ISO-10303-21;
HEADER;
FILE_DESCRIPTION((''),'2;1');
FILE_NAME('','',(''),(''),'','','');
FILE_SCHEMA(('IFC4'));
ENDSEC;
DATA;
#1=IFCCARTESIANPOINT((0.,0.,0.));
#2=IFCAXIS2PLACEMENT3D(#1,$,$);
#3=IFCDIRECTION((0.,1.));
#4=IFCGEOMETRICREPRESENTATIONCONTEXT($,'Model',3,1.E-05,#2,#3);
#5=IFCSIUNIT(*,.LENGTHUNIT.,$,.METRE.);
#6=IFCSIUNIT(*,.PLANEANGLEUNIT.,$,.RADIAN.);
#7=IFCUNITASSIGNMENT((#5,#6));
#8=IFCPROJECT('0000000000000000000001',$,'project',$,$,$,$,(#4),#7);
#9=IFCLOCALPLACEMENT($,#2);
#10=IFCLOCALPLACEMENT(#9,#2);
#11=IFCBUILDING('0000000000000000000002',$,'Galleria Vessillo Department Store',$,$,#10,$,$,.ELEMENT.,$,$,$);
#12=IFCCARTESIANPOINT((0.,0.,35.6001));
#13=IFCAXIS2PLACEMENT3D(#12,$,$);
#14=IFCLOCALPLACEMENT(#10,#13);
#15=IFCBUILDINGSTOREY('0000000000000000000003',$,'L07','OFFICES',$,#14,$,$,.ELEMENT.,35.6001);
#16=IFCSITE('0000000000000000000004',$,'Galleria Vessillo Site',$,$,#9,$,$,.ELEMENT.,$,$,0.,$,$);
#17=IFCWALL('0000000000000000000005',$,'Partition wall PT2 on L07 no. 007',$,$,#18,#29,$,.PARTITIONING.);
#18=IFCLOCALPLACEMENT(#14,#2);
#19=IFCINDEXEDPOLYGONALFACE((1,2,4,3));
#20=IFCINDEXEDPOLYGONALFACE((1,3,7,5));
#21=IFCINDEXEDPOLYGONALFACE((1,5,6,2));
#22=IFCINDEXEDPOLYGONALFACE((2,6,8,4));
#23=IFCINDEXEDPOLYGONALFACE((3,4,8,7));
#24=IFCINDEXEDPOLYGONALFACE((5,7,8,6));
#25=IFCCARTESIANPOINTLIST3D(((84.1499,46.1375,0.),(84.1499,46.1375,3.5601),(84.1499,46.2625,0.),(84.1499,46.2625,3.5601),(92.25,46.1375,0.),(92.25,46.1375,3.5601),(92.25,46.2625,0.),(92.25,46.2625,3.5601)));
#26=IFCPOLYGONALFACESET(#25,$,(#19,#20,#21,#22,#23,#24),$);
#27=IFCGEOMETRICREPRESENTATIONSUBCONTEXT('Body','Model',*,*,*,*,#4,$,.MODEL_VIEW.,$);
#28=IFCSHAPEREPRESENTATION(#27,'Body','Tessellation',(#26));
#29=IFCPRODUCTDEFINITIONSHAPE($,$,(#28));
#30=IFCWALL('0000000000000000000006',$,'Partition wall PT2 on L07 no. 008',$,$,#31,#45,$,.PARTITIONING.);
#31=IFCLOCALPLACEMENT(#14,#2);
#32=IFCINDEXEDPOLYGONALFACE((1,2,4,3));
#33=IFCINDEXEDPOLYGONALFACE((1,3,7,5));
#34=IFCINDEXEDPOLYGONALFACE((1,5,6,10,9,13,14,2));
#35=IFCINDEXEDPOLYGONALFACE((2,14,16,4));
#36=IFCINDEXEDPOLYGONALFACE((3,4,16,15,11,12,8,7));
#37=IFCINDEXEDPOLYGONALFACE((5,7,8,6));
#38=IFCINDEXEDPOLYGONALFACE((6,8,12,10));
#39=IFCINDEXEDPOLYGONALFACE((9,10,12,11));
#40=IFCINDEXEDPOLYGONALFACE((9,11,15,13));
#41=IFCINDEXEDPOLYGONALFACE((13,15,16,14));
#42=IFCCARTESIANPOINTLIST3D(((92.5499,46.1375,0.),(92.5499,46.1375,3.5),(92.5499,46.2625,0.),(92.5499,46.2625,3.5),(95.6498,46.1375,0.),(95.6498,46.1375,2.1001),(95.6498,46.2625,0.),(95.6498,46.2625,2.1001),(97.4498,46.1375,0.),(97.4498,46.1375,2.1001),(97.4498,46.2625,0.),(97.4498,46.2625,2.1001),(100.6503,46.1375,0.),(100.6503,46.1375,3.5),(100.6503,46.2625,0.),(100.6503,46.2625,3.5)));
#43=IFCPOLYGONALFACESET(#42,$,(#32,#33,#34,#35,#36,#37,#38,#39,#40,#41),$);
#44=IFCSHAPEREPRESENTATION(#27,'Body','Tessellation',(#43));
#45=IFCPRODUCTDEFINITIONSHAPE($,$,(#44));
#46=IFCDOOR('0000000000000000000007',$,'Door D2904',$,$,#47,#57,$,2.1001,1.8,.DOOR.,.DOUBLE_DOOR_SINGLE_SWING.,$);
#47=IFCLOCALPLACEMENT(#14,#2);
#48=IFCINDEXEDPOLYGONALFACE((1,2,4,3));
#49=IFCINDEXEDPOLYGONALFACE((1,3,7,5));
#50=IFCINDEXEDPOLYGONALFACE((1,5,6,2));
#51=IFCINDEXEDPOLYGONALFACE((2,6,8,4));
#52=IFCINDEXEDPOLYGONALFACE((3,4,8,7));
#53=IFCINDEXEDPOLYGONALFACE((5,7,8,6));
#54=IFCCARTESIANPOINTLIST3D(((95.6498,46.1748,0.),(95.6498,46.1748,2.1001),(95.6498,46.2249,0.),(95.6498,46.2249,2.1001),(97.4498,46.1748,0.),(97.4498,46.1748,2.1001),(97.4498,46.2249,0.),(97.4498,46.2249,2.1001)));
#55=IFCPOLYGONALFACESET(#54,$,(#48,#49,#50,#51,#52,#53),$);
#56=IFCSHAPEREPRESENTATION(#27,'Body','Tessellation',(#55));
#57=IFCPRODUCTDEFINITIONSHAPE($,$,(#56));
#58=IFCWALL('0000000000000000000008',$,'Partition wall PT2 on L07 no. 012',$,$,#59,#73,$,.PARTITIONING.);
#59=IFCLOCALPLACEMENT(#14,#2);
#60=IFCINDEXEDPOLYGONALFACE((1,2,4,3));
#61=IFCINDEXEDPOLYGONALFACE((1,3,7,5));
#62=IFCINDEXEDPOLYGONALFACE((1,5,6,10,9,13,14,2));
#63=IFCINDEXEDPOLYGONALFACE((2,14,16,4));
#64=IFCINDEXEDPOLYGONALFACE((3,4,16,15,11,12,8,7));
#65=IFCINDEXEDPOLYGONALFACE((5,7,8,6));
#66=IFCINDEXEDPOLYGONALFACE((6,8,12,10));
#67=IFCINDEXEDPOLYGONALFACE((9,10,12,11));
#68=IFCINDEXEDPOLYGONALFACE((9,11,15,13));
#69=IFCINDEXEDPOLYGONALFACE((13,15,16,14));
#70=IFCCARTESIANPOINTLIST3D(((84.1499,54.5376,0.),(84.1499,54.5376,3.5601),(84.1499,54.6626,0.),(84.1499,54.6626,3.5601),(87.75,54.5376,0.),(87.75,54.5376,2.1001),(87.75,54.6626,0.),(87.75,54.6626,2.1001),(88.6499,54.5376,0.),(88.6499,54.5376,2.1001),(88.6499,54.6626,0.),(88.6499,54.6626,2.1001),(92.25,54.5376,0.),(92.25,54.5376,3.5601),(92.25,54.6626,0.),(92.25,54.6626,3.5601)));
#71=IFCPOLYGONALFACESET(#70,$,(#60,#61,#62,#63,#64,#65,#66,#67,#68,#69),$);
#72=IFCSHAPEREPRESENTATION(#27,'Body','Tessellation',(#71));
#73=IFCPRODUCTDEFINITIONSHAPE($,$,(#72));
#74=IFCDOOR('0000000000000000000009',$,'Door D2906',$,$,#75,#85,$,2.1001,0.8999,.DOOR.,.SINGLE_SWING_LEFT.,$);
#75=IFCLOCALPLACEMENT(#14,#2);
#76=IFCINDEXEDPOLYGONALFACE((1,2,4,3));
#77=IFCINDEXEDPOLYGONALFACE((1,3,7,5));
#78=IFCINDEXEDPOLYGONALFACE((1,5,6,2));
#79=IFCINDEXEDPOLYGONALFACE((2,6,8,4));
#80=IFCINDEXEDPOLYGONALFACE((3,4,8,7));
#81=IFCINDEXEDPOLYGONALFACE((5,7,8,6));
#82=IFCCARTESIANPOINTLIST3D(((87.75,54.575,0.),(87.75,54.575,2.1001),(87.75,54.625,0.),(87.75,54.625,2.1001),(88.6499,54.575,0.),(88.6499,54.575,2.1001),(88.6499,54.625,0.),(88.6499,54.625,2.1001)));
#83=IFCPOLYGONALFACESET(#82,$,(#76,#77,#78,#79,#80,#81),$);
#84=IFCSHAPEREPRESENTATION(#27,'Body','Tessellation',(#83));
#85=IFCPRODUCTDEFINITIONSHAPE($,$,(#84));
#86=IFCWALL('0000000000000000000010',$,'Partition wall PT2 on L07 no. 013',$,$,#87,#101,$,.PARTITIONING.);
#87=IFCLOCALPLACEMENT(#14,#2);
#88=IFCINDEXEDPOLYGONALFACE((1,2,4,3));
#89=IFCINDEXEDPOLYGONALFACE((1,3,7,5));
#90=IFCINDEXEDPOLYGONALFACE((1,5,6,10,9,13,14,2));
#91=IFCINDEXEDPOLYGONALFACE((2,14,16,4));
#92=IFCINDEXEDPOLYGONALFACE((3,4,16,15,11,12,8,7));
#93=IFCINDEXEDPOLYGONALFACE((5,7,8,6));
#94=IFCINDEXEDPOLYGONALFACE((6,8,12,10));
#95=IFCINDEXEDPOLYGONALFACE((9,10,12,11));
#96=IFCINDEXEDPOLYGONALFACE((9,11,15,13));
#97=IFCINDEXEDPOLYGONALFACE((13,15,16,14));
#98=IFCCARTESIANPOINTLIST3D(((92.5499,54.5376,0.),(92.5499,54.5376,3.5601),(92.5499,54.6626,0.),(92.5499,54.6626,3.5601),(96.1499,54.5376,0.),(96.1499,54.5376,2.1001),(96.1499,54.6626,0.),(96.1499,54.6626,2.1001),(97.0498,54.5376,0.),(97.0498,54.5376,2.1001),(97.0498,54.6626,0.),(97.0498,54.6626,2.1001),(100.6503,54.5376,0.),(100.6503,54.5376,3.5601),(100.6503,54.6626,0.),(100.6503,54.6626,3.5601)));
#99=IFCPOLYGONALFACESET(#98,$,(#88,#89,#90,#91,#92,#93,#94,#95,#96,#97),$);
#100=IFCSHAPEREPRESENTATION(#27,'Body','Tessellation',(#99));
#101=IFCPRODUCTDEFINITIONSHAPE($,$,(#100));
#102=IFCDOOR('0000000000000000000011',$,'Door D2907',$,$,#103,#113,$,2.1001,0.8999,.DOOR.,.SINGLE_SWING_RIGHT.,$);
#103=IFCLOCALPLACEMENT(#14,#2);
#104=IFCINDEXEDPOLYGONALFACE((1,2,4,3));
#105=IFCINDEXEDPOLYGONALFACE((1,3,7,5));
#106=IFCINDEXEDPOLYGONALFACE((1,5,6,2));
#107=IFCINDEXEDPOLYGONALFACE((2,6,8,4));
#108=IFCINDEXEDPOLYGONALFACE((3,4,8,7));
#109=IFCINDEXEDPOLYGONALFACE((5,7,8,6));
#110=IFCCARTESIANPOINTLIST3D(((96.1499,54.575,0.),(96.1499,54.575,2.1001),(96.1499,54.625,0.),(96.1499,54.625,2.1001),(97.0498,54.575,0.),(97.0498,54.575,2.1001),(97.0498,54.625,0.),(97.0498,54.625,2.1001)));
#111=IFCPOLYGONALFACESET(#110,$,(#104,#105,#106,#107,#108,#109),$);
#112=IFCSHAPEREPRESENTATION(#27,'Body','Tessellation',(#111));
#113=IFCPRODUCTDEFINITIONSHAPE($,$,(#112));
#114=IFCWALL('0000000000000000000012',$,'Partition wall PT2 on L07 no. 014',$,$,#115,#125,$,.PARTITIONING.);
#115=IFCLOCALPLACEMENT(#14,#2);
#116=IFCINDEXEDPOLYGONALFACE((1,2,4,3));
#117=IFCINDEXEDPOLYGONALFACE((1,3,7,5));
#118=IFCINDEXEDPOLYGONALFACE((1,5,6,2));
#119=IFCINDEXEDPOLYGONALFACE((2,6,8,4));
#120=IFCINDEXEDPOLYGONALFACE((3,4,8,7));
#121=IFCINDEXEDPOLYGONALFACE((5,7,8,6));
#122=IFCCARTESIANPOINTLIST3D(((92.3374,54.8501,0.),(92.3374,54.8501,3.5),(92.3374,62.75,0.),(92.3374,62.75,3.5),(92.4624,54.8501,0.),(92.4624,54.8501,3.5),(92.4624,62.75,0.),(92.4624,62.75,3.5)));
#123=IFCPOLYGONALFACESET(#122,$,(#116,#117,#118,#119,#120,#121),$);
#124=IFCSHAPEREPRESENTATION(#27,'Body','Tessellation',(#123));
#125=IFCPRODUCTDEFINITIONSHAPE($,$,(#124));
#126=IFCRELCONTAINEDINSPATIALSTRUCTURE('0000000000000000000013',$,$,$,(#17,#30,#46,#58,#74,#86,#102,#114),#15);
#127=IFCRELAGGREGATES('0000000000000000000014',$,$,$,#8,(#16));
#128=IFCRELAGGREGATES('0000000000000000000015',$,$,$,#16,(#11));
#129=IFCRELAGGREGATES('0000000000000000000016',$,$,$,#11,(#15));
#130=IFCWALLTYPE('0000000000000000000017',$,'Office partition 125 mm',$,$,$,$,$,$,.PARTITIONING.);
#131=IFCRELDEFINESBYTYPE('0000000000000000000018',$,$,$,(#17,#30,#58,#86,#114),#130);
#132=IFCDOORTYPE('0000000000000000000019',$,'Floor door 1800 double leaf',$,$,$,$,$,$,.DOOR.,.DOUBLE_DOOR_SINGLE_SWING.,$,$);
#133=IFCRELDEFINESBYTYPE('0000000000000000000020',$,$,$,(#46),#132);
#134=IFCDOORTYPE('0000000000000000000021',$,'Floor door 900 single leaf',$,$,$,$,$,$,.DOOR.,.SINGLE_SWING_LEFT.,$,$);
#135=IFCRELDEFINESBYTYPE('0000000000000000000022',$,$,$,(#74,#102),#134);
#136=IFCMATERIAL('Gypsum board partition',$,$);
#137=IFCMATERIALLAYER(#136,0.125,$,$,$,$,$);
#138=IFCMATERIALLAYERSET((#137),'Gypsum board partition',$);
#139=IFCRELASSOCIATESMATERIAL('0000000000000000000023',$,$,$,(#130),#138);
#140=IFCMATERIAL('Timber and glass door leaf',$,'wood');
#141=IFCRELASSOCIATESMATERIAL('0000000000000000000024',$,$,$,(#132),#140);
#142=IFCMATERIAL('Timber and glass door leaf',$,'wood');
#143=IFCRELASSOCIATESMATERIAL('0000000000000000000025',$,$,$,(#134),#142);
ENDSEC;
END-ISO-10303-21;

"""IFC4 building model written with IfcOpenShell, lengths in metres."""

from ifc_helpers import new_model, si_unit, direction, frame, frame_2d, origin, place, context, subcontext, project, spatial, rectangle, extrude, material, layer, layer_set, type_object, element, fill, save


model = new_model("IFC4")

# Units and contexts
model_context = context("Model", 3, precision=1e-05, world=origin(), true_north=direction((0.0, 1.0)))
body_context = subcontext(model_context, "Body", "Model", "MODEL_VIEW")
ifc_project = project(units=[si_unit("LENGTHUNIT", "METRE"), si_unit("PLANEANGLEUNIT", "RADIAN")], contexts=[model_context])

# Site, building, storey
site_placement = place(None, origin())
site = spatial("IfcSite", under=ifc_project, at=site_placement, Name="Galleria Vessillo Site", CompositionType="ELEMENT", RefElevation=0.0)
building_placement = place(site_placement, origin())
building = spatial("IfcBuilding", under=site, at=building_placement, Name="Galleria Vessillo Department Store", CompositionType="ELEMENT")
storey_placement = place(building_placement, frame((0.0, 0.0, 35.6001)))
storey = spatial("IfcBuildingStorey", under=building, at=storey_placement, Name="L07", Description="OFFICES", CompositionType="ELEMENT", Elevation=35.6001)

# Wall
ifc_material_1 = material(Name="Gypsum board partition")
ifc_layer = layer(ifc_material_1, 0.125)
ifc_layer_set = layer_set([ifc_layer], Name="Gypsum board partition")
wall_type = type_object("IfcWallType", Name="Office partition 125 mm", PredefinedType="PARTITIONING", material=ifc_layer_set)
wall_1_placement = place(storey_placement, frame((84.1499, 46.2, 0.0), z_axis=(0.0, 0.0, 1.0), x_axis=(1.0, 0.0, 0.0)))
element("IfcWall", 1, at=wall_1_placement, inside=storey, type_object=wall_type, Name="Partition wall PT2 on L07 no. 007", PredefinedType="PARTITIONING", context=body_context, shape_type="SweptSolid", body=[
    extrude(rectangle(XDim=8.1001, YDim=0.125, at=frame_2d((4.05, 0.0))), origin(), (0.0, 0.0, 1.0), 3.5601),
])

# Walls, openings, doors
wall_2_placement = place(storey_placement, frame((92.5498, 46.2, 0.0), z_axis=(0.0, 0.0, 1.0), x_axis=(1.0, 0.0, 0.0)))
wall_2 = element("IfcWall", 2, at=wall_2_placement, inside=storey, type_object=wall_type, Name="Partition wall PT2 on L07 no. 008", PredefinedType="PARTITIONING", context=body_context, shape_type="SweptSolid", body=[
    extrude(rectangle(XDim=8.1003, YDim=0.125, at=frame_2d((4.0503, 0.0))), origin(), (0.0, 0.0, 1.0), 3.5),
])
opening_1_placement = place(wall_2_placement, frame((3.1001, 0.0, 0.0)))
opening_1 = element("IfcOpeningElement", 3, at=opening_1_placement, cuts=wall_2, PredefinedType="OPENING", context=body_context, shape_type="SweptSolid", body=[
    extrude(rectangle(XDim=1.8, YDim=2.1001, at=frame_2d((0.8999, 1.05))), frame((0.0, 0.0725, 0.0), z_axis=(0.0, -1.0, 0.0), x_axis=(1.0, 0.0, 0.0)), (0.0, 0.0, 1.0), 0.145),
])
ifc_material_2 = material(Name="Timber and glass door leaf", Category="wood")
door_type_1 = type_object("IfcDoorType", Name="Floor door 1800 double leaf", OperationType="DOUBLE_DOOR_SINGLE_SWING", PredefinedType="DOOR", material=ifc_material_2)
door_1_placement = place(opening_1_placement, origin())
door_1 = element("IfcDoor", 4, at=door_1_placement, inside=storey, type_object=door_type_1, Name="Door D2904", OperationType="DOUBLE_DOOR_SINGLE_SWING", OverallHeight=2.1001, OverallWidth=1.8, PredefinedType="DOOR", context=body_context, shape_type="SweptSolid", body=[
    extrude(rectangle(XDim=1.8, YDim=2.1001, at=frame_2d((0.8999, 1.05))), frame((0.0, 0.0249, 0.0), z_axis=(0.0, -1.0, 0.0), x_axis=(1.0, 0.0, 0.0)), (0.0, 0.0, 1.0), 0.05),
])
fill(opening_1, door_1)
wall_3_placement = place(storey_placement, frame((84.1499, 54.6001, 0.0), z_axis=(0.0, 0.0, 1.0), x_axis=(1.0, 0.0, 0.0)))
wall_3 = element("IfcWall", 5, at=wall_3_placement, inside=storey, type_object=wall_type, Name="Partition wall PT2 on L07 no. 012", PredefinedType="PARTITIONING", context=body_context, shape_type="SweptSolid", body=[
    extrude(rectangle(XDim=8.1001, YDim=0.125, at=frame_2d((4.05, 0.0))), origin(), (0.0, 0.0, 1.0), 3.5601),
])
opening_2_placement = place(wall_3_placement, frame((3.6001, 0.0, 0.0)))
opening_2 = element("IfcOpeningElement", 6, at=opening_2_placement, cuts=wall_3, PredefinedType="OPENING", context=body_context, shape_type="SweptSolid", body=[
    extrude(rectangle(XDim=0.8999, YDim=2.1001, at=frame_2d((0.45, 1.05))), frame((0.0, 0.0725, 0.0), z_axis=(0.0, -1.0, 0.0), x_axis=(1.0, 0.0, 0.0)), (0.0, 0.0, 1.0), 0.145),
])
ifc_material_3 = material(Name="Timber and glass door leaf", Category="wood")
door_type_2 = type_object("IfcDoorType", Name="Floor door 900 single leaf", OperationType="SINGLE_SWING_LEFT", PredefinedType="DOOR", material=ifc_material_3)
door_2_placement = place(opening_2_placement, origin())
door_2 = element("IfcDoor", 7, at=door_2_placement, inside=storey, type_object=door_type_2, Name="Door D2906", OperationType="SINGLE_SWING_LEFT", OverallHeight=2.1001, OverallWidth=0.8999, PredefinedType="DOOR", context=body_context, shape_type="SweptSolid", body=[
    extrude(rectangle(XDim=0.8999, YDim=2.1001, at=frame_2d((0.45, 1.05))), frame((0.0, 0.0249, 0.0), z_axis=(0.0, -1.0, 0.0), x_axis=(1.0, 0.0, 0.0)), (0.0, 0.0, 1.0), 0.05),
])
fill(opening_2, door_2)
wall_4_placement = place(storey_placement, frame((92.5498, 54.6001, 0.0), z_axis=(0.0, 0.0, 1.0), x_axis=(1.0, 0.0, 0.0)))
wall_4 = element("IfcWall", 8, at=wall_4_placement, inside=storey, type_object=wall_type, Name="Partition wall PT2 on L07 no. 013", PredefinedType="PARTITIONING", context=body_context, shape_type="SweptSolid", body=[
    extrude(rectangle(XDim=8.1003, YDim=0.125, at=frame_2d((4.0503, 0.0))), origin(), (0.0, 0.0, 1.0), 3.5601),
])
opening_3_placement = place(wall_4_placement, frame((3.6001, 0.0, 0.0)))
opening_3 = element("IfcOpeningElement", 9, at=opening_3_placement, cuts=wall_4, PredefinedType="OPENING", context=body_context, shape_type="SweptSolid", body=[
    extrude(rectangle(XDim=0.8999, YDim=2.1001, at=frame_2d((0.45, 1.05))), frame((0.0, 0.0725, 0.0), z_axis=(0.0, -1.0, 0.0), x_axis=(1.0, 0.0, 0.0)), (0.0, 0.0, 1.0), 0.145),
])
door_3_placement = place(opening_3_placement, origin())
door_3 = element("IfcDoor", 10, at=door_3_placement, inside=storey, type_object=door_type_2, Name="Door D2907", OperationType="SINGLE_SWING_RIGHT", OverallHeight=2.1001, OverallWidth=0.8999, PredefinedType="DOOR", context=body_context, shape_type="SweptSolid", body=[
    extrude(rectangle(XDim=0.8999, YDim=2.1001, at=frame_2d((0.45, 1.05))), frame((0.0, 0.0249, 0.0), z_axis=(0.0, -1.0, 0.0), x_axis=(1.0, 0.0, 0.0)), (0.0, 0.0, 1.0), 0.05),
])
fill(opening_3, door_3)

# Wall
wall_5_placement = place(storey_placement, frame((92.3999, 54.8501, 0.0), z_axis=(0.0, 0.0, 1.0), x_axis=(0.0, 1.0, 0.0)))
element("IfcWall", 11, at=wall_5_placement, inside=storey, type_object=wall_type, Name="Partition wall PT2 on L07 no. 014", PredefinedType="PARTITIONING", context=body_context, shape_type="SweptSolid", body=[
    extrude(rectangle(XDim=7.8999, YDim=0.125, at=frame_2d((3.95, 0.0))), origin(), (0.0, 0.0, 1.0), 3.5),
])

save(model, "model.ifc")
